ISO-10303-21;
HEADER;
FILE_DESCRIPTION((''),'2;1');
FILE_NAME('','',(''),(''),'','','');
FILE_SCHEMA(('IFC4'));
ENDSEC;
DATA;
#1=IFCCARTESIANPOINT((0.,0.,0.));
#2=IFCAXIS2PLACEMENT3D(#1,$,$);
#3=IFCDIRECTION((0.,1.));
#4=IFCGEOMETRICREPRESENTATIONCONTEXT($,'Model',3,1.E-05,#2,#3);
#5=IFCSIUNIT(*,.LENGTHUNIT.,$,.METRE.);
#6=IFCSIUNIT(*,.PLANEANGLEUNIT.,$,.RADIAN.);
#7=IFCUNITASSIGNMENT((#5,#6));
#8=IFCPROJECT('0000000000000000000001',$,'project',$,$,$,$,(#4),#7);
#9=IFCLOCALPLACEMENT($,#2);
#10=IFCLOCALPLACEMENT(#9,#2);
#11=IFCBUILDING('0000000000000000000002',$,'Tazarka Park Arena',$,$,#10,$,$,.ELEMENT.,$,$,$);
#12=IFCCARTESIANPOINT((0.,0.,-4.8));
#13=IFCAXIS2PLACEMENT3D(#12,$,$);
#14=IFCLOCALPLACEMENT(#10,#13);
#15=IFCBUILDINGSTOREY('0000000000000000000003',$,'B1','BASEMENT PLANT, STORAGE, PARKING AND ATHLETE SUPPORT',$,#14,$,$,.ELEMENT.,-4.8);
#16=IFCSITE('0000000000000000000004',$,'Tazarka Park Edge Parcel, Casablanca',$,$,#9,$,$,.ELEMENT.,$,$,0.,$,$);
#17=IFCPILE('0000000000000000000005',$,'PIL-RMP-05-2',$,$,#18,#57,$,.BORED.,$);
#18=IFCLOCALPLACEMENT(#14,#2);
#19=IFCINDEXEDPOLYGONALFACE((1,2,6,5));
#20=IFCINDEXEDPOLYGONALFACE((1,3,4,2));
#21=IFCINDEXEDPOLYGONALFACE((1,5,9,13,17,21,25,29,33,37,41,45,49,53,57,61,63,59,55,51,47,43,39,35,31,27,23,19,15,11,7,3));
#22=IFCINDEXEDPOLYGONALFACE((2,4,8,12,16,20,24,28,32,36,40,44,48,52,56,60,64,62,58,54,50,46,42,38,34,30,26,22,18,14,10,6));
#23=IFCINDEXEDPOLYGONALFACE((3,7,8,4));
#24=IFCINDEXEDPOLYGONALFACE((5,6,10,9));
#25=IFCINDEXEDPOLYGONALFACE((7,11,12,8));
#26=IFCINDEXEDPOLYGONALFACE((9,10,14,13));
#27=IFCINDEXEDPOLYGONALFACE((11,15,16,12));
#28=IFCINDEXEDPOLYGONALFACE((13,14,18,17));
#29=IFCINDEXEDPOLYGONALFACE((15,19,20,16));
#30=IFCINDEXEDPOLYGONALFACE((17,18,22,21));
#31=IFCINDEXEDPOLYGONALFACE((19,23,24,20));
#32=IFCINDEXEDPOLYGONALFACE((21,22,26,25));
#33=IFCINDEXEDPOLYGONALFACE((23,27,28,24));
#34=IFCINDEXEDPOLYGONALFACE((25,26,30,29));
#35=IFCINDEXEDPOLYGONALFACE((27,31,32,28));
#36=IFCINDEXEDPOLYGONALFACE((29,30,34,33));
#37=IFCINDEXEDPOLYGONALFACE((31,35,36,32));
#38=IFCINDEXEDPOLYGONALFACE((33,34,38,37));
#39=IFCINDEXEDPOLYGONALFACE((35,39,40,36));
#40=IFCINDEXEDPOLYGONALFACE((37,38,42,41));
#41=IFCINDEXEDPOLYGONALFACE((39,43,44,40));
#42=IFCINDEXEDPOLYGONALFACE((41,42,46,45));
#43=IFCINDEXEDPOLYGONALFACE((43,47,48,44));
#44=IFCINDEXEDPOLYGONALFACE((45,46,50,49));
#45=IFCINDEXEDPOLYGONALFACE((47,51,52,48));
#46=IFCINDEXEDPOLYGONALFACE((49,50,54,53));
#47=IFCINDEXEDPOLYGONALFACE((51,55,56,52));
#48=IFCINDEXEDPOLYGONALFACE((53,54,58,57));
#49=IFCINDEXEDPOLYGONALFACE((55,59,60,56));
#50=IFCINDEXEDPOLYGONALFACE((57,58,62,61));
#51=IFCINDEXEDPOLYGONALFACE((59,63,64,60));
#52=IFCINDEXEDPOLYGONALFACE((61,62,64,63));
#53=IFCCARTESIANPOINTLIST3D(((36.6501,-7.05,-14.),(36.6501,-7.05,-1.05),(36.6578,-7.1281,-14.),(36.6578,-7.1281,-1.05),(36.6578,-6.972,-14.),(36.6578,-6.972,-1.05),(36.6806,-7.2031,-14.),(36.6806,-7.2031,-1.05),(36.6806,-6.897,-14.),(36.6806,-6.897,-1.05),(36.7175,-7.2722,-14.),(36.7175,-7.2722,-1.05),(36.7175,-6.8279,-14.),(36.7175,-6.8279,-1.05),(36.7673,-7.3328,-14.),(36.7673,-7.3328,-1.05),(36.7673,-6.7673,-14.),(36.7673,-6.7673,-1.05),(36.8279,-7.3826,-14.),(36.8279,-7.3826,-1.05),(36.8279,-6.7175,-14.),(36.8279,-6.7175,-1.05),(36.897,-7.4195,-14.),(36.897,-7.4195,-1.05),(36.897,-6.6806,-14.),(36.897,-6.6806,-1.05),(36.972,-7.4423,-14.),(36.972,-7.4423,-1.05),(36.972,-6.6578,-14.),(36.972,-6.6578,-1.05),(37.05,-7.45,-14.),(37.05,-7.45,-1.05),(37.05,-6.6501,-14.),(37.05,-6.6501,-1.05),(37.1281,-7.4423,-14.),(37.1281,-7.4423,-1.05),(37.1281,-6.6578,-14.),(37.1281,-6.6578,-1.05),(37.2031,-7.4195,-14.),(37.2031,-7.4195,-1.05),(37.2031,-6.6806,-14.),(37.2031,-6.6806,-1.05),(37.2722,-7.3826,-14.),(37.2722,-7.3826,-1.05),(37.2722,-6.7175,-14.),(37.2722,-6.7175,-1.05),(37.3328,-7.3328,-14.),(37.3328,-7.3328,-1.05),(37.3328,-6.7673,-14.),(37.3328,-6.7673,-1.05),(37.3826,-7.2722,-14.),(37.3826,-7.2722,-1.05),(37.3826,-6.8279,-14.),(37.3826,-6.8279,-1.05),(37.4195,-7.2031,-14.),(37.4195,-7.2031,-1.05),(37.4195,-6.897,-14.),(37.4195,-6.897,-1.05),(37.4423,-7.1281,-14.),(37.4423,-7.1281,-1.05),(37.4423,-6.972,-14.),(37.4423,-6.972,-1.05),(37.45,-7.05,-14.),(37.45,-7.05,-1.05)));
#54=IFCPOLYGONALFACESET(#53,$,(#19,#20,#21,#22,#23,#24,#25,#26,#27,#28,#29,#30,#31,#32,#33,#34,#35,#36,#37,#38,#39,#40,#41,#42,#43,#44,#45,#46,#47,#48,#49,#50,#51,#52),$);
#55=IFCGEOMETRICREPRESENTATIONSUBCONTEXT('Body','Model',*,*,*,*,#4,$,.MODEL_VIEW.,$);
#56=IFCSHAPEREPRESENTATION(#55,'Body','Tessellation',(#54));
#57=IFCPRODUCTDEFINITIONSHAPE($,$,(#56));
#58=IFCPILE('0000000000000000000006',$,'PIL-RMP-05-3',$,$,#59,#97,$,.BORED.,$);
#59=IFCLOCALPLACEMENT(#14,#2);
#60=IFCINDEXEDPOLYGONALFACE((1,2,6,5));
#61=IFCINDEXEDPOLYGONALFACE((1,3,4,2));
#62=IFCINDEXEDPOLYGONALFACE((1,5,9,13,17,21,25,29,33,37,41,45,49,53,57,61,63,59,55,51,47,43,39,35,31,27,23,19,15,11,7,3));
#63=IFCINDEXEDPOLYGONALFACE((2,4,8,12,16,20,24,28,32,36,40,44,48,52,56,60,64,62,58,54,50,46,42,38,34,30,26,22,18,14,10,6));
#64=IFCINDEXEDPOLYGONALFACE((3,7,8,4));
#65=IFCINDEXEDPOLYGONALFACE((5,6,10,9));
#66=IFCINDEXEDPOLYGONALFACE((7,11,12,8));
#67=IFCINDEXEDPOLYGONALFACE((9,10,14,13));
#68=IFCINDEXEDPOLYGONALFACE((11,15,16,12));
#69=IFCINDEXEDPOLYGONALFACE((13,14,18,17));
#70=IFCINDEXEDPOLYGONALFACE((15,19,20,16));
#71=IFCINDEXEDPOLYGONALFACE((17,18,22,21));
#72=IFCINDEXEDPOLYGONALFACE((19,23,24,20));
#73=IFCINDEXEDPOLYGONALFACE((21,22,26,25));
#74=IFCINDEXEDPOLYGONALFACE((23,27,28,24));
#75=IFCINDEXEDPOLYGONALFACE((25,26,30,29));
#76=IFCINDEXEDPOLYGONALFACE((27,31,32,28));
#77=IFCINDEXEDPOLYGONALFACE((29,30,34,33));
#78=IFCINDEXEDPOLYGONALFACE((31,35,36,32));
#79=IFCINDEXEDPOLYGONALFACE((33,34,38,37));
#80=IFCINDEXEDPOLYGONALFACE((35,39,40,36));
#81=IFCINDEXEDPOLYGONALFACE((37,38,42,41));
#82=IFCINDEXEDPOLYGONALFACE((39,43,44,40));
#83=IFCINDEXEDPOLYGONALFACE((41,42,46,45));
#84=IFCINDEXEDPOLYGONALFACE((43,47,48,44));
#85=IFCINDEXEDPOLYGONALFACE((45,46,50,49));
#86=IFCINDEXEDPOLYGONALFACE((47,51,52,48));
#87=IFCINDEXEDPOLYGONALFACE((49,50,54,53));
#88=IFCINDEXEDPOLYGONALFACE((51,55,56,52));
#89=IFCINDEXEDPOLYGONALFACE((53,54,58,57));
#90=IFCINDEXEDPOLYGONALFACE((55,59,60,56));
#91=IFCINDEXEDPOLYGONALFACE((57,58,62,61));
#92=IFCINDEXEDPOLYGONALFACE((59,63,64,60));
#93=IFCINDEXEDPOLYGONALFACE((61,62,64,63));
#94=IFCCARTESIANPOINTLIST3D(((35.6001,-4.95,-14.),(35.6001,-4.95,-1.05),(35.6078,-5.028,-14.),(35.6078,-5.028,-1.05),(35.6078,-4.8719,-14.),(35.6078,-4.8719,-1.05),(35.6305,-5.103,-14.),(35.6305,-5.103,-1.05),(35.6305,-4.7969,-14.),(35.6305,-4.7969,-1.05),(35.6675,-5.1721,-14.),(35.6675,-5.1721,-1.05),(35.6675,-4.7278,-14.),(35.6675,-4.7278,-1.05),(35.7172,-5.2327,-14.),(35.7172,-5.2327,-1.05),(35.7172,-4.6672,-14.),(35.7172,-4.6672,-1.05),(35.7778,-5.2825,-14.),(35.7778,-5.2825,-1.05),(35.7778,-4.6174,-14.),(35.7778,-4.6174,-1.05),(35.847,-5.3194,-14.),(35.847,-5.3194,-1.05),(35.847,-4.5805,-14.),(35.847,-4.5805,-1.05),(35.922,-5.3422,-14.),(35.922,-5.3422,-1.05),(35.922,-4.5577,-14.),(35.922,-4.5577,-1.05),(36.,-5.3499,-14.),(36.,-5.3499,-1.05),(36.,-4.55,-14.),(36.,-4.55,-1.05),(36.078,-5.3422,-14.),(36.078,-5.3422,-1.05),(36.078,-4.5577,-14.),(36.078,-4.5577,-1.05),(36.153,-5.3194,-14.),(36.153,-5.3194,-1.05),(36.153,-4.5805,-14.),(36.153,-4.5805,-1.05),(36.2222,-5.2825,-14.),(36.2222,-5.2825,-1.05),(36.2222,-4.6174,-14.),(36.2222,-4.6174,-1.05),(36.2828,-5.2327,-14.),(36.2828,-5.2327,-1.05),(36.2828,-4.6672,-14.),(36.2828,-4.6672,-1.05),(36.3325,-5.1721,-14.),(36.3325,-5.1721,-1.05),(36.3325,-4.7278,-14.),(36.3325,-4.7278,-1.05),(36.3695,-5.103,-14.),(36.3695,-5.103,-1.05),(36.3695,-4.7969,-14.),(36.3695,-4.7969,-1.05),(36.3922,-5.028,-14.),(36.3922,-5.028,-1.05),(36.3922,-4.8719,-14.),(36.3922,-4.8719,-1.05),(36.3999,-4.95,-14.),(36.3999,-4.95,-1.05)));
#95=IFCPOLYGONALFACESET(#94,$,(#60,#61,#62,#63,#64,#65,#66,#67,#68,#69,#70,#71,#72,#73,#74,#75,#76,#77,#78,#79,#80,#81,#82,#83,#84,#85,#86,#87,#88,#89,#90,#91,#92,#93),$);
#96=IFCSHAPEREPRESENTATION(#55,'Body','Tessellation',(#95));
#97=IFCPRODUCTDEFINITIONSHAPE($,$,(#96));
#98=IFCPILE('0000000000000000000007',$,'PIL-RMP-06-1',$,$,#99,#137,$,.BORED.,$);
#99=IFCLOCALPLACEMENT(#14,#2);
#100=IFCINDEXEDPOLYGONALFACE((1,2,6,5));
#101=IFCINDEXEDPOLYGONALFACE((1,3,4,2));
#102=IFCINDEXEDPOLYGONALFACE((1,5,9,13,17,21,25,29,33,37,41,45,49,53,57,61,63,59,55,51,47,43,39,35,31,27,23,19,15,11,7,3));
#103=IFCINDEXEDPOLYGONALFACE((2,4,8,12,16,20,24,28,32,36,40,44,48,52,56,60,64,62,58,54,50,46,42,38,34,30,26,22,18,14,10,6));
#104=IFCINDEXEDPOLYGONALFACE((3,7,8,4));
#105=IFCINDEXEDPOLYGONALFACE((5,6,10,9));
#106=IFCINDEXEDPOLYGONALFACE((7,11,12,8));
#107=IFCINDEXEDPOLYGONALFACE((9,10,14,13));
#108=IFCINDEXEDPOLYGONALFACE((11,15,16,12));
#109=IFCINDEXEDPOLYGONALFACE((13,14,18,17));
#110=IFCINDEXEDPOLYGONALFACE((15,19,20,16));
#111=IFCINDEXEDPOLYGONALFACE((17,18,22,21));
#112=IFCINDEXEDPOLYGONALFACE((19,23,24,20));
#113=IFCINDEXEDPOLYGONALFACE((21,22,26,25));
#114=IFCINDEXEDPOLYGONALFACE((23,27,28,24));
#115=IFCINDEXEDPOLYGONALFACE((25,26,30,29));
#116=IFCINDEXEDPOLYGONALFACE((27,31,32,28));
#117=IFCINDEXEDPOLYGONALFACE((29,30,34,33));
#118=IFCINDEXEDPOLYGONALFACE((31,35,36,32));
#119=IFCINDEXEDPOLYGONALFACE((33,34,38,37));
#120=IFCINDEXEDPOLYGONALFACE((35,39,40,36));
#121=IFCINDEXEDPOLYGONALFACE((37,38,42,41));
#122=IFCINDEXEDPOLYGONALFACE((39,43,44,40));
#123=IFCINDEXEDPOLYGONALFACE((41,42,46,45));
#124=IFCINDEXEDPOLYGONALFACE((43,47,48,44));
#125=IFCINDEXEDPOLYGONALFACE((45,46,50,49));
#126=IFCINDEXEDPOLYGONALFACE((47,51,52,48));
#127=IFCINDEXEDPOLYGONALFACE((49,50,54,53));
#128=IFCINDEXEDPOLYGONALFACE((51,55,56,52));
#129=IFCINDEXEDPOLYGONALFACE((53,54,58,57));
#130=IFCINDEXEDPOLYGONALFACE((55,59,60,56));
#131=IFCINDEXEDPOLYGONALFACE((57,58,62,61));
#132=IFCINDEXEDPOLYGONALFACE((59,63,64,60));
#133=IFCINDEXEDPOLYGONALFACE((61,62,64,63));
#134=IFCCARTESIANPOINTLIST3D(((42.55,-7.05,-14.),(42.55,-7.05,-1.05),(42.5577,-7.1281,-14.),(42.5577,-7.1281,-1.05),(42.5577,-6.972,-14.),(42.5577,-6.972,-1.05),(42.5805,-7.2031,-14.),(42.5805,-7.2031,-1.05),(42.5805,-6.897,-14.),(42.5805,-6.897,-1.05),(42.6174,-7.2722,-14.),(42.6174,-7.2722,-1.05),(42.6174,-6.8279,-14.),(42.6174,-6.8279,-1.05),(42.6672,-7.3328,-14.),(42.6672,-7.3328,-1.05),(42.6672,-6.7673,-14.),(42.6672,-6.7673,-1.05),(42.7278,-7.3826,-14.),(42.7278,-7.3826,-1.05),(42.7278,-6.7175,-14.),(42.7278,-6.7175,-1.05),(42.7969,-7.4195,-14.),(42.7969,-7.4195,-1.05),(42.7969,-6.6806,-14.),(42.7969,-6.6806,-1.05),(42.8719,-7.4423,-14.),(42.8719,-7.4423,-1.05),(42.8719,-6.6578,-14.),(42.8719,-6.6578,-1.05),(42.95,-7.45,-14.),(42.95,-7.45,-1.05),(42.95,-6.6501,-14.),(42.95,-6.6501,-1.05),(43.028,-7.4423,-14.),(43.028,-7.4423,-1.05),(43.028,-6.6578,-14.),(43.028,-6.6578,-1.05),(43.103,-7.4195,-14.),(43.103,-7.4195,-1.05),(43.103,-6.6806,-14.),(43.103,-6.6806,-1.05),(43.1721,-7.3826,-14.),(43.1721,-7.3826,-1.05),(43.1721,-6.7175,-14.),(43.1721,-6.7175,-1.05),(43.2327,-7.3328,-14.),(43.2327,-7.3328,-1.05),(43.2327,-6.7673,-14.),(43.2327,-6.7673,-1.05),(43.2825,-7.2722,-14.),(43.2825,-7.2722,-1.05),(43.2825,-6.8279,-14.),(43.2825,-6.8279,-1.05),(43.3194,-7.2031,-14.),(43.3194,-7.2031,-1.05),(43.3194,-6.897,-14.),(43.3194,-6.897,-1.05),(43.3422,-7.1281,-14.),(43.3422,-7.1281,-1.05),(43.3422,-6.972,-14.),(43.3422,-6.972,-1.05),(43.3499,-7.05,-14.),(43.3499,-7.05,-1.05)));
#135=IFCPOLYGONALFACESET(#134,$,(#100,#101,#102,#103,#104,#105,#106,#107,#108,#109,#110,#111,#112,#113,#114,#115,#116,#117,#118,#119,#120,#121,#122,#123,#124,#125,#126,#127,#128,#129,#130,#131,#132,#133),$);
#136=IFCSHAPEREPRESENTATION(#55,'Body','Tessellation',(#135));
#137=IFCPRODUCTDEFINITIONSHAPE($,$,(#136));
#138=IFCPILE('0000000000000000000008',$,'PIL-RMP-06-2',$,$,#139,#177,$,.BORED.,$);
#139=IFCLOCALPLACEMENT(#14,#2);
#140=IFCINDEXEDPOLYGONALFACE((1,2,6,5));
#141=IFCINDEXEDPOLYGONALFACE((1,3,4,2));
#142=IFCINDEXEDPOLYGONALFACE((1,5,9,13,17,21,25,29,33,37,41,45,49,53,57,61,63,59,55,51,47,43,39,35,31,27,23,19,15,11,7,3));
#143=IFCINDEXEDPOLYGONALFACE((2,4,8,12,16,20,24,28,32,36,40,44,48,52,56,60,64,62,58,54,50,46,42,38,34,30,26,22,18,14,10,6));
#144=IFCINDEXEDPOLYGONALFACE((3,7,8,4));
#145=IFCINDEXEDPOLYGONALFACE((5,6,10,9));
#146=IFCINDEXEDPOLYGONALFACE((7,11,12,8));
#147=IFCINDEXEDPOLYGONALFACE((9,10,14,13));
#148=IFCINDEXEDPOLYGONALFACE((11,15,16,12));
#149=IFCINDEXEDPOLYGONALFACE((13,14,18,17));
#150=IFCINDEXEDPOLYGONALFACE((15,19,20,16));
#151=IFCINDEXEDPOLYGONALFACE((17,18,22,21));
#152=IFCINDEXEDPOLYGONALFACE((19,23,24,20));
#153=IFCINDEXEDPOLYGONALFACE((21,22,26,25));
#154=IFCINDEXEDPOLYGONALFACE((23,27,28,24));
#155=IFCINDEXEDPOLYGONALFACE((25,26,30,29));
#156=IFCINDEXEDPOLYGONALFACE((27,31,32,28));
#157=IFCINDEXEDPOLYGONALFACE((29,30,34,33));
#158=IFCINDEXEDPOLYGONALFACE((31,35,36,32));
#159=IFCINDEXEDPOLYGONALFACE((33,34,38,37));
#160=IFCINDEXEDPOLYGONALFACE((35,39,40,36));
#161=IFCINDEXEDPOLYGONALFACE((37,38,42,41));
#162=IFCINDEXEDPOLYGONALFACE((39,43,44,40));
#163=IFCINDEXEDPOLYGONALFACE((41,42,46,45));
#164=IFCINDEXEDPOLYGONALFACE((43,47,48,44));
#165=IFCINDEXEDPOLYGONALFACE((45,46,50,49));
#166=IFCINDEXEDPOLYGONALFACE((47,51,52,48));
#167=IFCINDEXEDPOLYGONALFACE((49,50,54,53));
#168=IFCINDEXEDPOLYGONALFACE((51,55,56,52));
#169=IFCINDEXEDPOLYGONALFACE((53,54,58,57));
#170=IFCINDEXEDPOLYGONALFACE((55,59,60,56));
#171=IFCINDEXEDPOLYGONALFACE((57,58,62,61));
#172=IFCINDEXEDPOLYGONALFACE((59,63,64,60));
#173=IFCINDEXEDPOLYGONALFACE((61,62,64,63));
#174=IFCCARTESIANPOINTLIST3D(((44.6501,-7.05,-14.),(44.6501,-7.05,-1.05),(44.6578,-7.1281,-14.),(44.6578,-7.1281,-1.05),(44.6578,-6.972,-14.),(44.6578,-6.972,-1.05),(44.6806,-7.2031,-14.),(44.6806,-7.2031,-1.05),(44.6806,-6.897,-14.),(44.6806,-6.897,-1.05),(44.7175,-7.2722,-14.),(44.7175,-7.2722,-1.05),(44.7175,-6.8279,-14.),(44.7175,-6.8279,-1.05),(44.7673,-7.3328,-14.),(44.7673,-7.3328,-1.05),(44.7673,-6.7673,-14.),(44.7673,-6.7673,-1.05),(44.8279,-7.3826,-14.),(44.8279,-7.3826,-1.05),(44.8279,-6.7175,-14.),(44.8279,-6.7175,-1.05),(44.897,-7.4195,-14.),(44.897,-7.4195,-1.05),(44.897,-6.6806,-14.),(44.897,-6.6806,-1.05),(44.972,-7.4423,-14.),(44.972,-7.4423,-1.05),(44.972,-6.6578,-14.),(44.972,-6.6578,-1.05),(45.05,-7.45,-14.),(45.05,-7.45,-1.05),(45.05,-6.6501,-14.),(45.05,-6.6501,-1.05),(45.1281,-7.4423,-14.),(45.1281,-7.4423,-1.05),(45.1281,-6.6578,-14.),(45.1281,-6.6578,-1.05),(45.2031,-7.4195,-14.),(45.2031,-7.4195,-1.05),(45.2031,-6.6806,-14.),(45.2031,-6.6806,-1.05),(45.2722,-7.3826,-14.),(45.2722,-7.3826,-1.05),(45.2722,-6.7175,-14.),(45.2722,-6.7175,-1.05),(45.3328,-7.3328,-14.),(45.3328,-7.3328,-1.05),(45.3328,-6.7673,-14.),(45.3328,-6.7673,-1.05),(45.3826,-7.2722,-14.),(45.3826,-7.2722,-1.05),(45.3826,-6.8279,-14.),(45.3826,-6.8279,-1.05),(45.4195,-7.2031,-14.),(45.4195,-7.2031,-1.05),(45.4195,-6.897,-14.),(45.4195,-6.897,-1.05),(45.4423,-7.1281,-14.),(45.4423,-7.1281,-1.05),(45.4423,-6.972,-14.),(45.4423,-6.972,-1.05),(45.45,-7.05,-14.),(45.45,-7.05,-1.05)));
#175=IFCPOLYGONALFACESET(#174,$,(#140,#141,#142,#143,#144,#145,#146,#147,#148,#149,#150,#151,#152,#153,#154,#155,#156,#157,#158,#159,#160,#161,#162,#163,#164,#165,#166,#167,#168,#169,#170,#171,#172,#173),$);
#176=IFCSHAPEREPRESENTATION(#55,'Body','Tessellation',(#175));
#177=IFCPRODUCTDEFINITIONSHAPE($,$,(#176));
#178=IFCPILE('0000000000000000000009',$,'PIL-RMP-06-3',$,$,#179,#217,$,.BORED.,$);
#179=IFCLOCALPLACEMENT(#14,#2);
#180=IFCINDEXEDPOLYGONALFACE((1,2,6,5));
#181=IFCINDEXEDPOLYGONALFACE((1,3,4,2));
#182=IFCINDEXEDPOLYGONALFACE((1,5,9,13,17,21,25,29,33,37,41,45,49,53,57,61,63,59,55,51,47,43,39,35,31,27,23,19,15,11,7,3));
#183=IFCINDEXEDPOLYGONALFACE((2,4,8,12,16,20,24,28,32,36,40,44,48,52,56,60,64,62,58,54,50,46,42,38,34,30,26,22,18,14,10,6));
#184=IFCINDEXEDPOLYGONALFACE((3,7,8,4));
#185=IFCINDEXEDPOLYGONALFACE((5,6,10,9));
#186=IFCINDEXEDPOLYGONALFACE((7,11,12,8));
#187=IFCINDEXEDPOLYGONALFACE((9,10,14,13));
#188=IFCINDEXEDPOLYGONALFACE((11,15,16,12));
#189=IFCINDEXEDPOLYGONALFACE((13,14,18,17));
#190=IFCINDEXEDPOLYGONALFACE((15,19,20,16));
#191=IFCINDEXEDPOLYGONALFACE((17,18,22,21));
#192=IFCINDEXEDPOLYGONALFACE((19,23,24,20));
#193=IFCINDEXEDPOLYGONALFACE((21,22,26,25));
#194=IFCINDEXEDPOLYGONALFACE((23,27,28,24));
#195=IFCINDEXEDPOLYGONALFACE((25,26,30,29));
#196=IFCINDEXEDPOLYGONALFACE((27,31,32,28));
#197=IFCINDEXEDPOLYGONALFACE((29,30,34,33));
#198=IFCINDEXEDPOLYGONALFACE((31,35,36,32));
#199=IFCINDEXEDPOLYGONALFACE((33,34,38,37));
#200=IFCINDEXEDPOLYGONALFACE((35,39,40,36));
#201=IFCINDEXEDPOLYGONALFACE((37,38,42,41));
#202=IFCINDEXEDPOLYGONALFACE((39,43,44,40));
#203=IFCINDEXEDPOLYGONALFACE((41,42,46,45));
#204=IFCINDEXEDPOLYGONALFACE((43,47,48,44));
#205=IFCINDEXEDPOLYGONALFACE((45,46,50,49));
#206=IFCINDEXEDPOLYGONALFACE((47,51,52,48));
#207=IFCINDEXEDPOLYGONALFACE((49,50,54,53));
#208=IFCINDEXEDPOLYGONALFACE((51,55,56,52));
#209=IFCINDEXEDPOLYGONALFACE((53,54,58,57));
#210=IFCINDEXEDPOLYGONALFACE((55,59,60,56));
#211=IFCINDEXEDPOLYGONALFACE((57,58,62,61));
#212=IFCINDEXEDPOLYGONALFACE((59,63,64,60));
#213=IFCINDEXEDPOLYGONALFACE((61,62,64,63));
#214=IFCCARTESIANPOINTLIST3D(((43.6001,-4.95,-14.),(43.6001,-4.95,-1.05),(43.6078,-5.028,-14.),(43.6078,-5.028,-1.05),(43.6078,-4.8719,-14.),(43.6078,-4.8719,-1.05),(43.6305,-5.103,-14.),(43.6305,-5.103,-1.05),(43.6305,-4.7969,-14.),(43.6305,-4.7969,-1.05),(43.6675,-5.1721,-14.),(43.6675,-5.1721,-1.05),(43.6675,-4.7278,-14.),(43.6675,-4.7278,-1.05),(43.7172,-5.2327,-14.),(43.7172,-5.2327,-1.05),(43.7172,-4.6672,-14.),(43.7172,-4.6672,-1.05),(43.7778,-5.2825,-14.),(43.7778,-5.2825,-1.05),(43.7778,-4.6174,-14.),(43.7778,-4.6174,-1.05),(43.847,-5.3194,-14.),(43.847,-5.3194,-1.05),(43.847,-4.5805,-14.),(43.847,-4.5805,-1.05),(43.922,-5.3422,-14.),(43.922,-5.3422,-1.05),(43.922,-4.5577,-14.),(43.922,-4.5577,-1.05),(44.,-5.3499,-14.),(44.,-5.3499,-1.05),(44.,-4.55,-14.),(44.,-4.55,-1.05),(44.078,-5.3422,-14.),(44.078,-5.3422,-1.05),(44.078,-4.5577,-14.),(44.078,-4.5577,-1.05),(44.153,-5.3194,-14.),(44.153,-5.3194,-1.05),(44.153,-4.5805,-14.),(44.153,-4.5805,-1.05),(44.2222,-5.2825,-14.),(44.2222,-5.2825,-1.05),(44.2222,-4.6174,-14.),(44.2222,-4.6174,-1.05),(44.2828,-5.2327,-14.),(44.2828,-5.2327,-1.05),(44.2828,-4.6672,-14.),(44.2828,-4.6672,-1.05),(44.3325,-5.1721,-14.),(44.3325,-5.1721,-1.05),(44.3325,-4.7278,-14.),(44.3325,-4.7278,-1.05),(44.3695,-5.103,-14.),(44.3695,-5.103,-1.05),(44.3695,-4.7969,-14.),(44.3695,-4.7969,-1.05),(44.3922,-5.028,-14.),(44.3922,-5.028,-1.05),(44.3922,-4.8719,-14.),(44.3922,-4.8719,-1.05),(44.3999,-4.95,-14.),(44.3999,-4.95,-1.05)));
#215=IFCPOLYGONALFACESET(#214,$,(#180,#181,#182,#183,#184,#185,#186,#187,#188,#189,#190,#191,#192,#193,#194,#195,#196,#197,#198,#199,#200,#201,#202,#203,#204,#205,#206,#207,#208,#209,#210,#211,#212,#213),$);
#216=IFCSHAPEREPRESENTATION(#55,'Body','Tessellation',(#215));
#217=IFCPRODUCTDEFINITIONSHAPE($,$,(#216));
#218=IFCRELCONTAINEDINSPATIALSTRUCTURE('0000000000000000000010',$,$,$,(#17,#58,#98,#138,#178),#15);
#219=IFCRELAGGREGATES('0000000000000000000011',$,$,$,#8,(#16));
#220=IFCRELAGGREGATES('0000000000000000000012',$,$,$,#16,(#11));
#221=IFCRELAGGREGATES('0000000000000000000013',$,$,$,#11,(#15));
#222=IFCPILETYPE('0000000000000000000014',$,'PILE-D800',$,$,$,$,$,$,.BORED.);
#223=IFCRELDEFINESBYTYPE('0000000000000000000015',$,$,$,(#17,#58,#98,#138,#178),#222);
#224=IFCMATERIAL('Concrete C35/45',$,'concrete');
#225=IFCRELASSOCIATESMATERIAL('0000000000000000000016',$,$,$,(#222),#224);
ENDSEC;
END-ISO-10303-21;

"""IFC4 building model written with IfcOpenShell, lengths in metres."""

from ifc_helpers import new_model, si_unit, direction, frame, origin, origin_2d, place, context, subcontext, project, spatial, circle, extrude, material, material_profile, profile_set, type_object, element, save


model = new_model("IFC4")

# Units and contexts
model_context = context("Model", 3, precision=1e-05, world=origin(), true_north=direction((0.0, 1.0)))
body_context = subcontext(model_context, "Body", "Model", "MODEL_VIEW")
ifc_project = project(units=[si_unit("LENGTHUNIT", "METRE"), si_unit("PLANEANGLEUNIT", "RADIAN")], contexts=[model_context])

# Site, building, storey
site_placement = place(None, origin())
site = spatial("IfcSite", under=ifc_project, at=site_placement, Name="Tazarka Park Edge Parcel, Casablanca", CompositionType="ELEMENT", RefElevation=0.0)
building_placement = place(site_placement, origin())
building = spatial("IfcBuilding", under=site, at=building_placement, Name="Tazarka Park Arena", CompositionType="ELEMENT")
storey_placement = place(building_placement, frame((0.0, 0.0, -4.8)))
storey = spatial("IfcBuildingStorey", under=building, at=storey_placement, Name="B1", Description="BASEMENT PLANT, STORAGE, PARKING AND ATHLETE SUPPORT", CompositionType="ELEMENT", Elevation=-4.8)

# Piles
ifc_material_1 = material(Name="Concrete C35/45", Category="concrete")
ifc_material_profile_1 = material_profile(ifc_material_1, circle(Radius=0.3999, at=origin_2d()), Name="Concrete C35/45")
ifc_profile_set_1 = profile_set([ifc_material_profile_1], Name="Concrete C35/45")
pile_type_1 = type_object("IfcPileType", Name="PILE-D800", PredefinedType="BORED", material=ifc_profile_set_1)
for number, where, z_axis, x_axis, name in (
    (1, (37.05, -7.05, -1.05), (0.0, 0.0, -1.0), (1.0, 0.0, 0.0), "PIL-RMP-05-2"),
    (2, (36.0, -4.95, -1.05), (0.0, 0.0, -1.0), (1.0, 0.0, 0.0), "PIL-RMP-05-3"),
    (3, (42.95, -7.05, -1.05), (0.0, 0.0, -1.0), (1.0, 0.0, 0.0), "PIL-RMP-06-1"),
    (4, (45.05, -7.05, -1.05), (0.0, 0.0, -1.0), (1.0, 0.0, 0.0), "PIL-RMP-06-2"),
    (5, (44.0, -4.95, -1.05), (0.0, 0.0, -1.0), (1.0, 0.0, 0.0), "PIL-RMP-06-3"),
):
    element("IfcPile", number, at=place(storey_placement, frame(where, z_axis=z_axis, x_axis=x_axis)), inside=storey, type_object=pile_type_1, Name=name, PredefinedType="BORED", context=body_context, shape_type="SweptSolid", body=[
        extrude(circle(Radius=0.3999, at=origin_2d()), origin(), (0.0, 0.0, 1.0), 12.95),
    ])

save(model, "model.ifc")
